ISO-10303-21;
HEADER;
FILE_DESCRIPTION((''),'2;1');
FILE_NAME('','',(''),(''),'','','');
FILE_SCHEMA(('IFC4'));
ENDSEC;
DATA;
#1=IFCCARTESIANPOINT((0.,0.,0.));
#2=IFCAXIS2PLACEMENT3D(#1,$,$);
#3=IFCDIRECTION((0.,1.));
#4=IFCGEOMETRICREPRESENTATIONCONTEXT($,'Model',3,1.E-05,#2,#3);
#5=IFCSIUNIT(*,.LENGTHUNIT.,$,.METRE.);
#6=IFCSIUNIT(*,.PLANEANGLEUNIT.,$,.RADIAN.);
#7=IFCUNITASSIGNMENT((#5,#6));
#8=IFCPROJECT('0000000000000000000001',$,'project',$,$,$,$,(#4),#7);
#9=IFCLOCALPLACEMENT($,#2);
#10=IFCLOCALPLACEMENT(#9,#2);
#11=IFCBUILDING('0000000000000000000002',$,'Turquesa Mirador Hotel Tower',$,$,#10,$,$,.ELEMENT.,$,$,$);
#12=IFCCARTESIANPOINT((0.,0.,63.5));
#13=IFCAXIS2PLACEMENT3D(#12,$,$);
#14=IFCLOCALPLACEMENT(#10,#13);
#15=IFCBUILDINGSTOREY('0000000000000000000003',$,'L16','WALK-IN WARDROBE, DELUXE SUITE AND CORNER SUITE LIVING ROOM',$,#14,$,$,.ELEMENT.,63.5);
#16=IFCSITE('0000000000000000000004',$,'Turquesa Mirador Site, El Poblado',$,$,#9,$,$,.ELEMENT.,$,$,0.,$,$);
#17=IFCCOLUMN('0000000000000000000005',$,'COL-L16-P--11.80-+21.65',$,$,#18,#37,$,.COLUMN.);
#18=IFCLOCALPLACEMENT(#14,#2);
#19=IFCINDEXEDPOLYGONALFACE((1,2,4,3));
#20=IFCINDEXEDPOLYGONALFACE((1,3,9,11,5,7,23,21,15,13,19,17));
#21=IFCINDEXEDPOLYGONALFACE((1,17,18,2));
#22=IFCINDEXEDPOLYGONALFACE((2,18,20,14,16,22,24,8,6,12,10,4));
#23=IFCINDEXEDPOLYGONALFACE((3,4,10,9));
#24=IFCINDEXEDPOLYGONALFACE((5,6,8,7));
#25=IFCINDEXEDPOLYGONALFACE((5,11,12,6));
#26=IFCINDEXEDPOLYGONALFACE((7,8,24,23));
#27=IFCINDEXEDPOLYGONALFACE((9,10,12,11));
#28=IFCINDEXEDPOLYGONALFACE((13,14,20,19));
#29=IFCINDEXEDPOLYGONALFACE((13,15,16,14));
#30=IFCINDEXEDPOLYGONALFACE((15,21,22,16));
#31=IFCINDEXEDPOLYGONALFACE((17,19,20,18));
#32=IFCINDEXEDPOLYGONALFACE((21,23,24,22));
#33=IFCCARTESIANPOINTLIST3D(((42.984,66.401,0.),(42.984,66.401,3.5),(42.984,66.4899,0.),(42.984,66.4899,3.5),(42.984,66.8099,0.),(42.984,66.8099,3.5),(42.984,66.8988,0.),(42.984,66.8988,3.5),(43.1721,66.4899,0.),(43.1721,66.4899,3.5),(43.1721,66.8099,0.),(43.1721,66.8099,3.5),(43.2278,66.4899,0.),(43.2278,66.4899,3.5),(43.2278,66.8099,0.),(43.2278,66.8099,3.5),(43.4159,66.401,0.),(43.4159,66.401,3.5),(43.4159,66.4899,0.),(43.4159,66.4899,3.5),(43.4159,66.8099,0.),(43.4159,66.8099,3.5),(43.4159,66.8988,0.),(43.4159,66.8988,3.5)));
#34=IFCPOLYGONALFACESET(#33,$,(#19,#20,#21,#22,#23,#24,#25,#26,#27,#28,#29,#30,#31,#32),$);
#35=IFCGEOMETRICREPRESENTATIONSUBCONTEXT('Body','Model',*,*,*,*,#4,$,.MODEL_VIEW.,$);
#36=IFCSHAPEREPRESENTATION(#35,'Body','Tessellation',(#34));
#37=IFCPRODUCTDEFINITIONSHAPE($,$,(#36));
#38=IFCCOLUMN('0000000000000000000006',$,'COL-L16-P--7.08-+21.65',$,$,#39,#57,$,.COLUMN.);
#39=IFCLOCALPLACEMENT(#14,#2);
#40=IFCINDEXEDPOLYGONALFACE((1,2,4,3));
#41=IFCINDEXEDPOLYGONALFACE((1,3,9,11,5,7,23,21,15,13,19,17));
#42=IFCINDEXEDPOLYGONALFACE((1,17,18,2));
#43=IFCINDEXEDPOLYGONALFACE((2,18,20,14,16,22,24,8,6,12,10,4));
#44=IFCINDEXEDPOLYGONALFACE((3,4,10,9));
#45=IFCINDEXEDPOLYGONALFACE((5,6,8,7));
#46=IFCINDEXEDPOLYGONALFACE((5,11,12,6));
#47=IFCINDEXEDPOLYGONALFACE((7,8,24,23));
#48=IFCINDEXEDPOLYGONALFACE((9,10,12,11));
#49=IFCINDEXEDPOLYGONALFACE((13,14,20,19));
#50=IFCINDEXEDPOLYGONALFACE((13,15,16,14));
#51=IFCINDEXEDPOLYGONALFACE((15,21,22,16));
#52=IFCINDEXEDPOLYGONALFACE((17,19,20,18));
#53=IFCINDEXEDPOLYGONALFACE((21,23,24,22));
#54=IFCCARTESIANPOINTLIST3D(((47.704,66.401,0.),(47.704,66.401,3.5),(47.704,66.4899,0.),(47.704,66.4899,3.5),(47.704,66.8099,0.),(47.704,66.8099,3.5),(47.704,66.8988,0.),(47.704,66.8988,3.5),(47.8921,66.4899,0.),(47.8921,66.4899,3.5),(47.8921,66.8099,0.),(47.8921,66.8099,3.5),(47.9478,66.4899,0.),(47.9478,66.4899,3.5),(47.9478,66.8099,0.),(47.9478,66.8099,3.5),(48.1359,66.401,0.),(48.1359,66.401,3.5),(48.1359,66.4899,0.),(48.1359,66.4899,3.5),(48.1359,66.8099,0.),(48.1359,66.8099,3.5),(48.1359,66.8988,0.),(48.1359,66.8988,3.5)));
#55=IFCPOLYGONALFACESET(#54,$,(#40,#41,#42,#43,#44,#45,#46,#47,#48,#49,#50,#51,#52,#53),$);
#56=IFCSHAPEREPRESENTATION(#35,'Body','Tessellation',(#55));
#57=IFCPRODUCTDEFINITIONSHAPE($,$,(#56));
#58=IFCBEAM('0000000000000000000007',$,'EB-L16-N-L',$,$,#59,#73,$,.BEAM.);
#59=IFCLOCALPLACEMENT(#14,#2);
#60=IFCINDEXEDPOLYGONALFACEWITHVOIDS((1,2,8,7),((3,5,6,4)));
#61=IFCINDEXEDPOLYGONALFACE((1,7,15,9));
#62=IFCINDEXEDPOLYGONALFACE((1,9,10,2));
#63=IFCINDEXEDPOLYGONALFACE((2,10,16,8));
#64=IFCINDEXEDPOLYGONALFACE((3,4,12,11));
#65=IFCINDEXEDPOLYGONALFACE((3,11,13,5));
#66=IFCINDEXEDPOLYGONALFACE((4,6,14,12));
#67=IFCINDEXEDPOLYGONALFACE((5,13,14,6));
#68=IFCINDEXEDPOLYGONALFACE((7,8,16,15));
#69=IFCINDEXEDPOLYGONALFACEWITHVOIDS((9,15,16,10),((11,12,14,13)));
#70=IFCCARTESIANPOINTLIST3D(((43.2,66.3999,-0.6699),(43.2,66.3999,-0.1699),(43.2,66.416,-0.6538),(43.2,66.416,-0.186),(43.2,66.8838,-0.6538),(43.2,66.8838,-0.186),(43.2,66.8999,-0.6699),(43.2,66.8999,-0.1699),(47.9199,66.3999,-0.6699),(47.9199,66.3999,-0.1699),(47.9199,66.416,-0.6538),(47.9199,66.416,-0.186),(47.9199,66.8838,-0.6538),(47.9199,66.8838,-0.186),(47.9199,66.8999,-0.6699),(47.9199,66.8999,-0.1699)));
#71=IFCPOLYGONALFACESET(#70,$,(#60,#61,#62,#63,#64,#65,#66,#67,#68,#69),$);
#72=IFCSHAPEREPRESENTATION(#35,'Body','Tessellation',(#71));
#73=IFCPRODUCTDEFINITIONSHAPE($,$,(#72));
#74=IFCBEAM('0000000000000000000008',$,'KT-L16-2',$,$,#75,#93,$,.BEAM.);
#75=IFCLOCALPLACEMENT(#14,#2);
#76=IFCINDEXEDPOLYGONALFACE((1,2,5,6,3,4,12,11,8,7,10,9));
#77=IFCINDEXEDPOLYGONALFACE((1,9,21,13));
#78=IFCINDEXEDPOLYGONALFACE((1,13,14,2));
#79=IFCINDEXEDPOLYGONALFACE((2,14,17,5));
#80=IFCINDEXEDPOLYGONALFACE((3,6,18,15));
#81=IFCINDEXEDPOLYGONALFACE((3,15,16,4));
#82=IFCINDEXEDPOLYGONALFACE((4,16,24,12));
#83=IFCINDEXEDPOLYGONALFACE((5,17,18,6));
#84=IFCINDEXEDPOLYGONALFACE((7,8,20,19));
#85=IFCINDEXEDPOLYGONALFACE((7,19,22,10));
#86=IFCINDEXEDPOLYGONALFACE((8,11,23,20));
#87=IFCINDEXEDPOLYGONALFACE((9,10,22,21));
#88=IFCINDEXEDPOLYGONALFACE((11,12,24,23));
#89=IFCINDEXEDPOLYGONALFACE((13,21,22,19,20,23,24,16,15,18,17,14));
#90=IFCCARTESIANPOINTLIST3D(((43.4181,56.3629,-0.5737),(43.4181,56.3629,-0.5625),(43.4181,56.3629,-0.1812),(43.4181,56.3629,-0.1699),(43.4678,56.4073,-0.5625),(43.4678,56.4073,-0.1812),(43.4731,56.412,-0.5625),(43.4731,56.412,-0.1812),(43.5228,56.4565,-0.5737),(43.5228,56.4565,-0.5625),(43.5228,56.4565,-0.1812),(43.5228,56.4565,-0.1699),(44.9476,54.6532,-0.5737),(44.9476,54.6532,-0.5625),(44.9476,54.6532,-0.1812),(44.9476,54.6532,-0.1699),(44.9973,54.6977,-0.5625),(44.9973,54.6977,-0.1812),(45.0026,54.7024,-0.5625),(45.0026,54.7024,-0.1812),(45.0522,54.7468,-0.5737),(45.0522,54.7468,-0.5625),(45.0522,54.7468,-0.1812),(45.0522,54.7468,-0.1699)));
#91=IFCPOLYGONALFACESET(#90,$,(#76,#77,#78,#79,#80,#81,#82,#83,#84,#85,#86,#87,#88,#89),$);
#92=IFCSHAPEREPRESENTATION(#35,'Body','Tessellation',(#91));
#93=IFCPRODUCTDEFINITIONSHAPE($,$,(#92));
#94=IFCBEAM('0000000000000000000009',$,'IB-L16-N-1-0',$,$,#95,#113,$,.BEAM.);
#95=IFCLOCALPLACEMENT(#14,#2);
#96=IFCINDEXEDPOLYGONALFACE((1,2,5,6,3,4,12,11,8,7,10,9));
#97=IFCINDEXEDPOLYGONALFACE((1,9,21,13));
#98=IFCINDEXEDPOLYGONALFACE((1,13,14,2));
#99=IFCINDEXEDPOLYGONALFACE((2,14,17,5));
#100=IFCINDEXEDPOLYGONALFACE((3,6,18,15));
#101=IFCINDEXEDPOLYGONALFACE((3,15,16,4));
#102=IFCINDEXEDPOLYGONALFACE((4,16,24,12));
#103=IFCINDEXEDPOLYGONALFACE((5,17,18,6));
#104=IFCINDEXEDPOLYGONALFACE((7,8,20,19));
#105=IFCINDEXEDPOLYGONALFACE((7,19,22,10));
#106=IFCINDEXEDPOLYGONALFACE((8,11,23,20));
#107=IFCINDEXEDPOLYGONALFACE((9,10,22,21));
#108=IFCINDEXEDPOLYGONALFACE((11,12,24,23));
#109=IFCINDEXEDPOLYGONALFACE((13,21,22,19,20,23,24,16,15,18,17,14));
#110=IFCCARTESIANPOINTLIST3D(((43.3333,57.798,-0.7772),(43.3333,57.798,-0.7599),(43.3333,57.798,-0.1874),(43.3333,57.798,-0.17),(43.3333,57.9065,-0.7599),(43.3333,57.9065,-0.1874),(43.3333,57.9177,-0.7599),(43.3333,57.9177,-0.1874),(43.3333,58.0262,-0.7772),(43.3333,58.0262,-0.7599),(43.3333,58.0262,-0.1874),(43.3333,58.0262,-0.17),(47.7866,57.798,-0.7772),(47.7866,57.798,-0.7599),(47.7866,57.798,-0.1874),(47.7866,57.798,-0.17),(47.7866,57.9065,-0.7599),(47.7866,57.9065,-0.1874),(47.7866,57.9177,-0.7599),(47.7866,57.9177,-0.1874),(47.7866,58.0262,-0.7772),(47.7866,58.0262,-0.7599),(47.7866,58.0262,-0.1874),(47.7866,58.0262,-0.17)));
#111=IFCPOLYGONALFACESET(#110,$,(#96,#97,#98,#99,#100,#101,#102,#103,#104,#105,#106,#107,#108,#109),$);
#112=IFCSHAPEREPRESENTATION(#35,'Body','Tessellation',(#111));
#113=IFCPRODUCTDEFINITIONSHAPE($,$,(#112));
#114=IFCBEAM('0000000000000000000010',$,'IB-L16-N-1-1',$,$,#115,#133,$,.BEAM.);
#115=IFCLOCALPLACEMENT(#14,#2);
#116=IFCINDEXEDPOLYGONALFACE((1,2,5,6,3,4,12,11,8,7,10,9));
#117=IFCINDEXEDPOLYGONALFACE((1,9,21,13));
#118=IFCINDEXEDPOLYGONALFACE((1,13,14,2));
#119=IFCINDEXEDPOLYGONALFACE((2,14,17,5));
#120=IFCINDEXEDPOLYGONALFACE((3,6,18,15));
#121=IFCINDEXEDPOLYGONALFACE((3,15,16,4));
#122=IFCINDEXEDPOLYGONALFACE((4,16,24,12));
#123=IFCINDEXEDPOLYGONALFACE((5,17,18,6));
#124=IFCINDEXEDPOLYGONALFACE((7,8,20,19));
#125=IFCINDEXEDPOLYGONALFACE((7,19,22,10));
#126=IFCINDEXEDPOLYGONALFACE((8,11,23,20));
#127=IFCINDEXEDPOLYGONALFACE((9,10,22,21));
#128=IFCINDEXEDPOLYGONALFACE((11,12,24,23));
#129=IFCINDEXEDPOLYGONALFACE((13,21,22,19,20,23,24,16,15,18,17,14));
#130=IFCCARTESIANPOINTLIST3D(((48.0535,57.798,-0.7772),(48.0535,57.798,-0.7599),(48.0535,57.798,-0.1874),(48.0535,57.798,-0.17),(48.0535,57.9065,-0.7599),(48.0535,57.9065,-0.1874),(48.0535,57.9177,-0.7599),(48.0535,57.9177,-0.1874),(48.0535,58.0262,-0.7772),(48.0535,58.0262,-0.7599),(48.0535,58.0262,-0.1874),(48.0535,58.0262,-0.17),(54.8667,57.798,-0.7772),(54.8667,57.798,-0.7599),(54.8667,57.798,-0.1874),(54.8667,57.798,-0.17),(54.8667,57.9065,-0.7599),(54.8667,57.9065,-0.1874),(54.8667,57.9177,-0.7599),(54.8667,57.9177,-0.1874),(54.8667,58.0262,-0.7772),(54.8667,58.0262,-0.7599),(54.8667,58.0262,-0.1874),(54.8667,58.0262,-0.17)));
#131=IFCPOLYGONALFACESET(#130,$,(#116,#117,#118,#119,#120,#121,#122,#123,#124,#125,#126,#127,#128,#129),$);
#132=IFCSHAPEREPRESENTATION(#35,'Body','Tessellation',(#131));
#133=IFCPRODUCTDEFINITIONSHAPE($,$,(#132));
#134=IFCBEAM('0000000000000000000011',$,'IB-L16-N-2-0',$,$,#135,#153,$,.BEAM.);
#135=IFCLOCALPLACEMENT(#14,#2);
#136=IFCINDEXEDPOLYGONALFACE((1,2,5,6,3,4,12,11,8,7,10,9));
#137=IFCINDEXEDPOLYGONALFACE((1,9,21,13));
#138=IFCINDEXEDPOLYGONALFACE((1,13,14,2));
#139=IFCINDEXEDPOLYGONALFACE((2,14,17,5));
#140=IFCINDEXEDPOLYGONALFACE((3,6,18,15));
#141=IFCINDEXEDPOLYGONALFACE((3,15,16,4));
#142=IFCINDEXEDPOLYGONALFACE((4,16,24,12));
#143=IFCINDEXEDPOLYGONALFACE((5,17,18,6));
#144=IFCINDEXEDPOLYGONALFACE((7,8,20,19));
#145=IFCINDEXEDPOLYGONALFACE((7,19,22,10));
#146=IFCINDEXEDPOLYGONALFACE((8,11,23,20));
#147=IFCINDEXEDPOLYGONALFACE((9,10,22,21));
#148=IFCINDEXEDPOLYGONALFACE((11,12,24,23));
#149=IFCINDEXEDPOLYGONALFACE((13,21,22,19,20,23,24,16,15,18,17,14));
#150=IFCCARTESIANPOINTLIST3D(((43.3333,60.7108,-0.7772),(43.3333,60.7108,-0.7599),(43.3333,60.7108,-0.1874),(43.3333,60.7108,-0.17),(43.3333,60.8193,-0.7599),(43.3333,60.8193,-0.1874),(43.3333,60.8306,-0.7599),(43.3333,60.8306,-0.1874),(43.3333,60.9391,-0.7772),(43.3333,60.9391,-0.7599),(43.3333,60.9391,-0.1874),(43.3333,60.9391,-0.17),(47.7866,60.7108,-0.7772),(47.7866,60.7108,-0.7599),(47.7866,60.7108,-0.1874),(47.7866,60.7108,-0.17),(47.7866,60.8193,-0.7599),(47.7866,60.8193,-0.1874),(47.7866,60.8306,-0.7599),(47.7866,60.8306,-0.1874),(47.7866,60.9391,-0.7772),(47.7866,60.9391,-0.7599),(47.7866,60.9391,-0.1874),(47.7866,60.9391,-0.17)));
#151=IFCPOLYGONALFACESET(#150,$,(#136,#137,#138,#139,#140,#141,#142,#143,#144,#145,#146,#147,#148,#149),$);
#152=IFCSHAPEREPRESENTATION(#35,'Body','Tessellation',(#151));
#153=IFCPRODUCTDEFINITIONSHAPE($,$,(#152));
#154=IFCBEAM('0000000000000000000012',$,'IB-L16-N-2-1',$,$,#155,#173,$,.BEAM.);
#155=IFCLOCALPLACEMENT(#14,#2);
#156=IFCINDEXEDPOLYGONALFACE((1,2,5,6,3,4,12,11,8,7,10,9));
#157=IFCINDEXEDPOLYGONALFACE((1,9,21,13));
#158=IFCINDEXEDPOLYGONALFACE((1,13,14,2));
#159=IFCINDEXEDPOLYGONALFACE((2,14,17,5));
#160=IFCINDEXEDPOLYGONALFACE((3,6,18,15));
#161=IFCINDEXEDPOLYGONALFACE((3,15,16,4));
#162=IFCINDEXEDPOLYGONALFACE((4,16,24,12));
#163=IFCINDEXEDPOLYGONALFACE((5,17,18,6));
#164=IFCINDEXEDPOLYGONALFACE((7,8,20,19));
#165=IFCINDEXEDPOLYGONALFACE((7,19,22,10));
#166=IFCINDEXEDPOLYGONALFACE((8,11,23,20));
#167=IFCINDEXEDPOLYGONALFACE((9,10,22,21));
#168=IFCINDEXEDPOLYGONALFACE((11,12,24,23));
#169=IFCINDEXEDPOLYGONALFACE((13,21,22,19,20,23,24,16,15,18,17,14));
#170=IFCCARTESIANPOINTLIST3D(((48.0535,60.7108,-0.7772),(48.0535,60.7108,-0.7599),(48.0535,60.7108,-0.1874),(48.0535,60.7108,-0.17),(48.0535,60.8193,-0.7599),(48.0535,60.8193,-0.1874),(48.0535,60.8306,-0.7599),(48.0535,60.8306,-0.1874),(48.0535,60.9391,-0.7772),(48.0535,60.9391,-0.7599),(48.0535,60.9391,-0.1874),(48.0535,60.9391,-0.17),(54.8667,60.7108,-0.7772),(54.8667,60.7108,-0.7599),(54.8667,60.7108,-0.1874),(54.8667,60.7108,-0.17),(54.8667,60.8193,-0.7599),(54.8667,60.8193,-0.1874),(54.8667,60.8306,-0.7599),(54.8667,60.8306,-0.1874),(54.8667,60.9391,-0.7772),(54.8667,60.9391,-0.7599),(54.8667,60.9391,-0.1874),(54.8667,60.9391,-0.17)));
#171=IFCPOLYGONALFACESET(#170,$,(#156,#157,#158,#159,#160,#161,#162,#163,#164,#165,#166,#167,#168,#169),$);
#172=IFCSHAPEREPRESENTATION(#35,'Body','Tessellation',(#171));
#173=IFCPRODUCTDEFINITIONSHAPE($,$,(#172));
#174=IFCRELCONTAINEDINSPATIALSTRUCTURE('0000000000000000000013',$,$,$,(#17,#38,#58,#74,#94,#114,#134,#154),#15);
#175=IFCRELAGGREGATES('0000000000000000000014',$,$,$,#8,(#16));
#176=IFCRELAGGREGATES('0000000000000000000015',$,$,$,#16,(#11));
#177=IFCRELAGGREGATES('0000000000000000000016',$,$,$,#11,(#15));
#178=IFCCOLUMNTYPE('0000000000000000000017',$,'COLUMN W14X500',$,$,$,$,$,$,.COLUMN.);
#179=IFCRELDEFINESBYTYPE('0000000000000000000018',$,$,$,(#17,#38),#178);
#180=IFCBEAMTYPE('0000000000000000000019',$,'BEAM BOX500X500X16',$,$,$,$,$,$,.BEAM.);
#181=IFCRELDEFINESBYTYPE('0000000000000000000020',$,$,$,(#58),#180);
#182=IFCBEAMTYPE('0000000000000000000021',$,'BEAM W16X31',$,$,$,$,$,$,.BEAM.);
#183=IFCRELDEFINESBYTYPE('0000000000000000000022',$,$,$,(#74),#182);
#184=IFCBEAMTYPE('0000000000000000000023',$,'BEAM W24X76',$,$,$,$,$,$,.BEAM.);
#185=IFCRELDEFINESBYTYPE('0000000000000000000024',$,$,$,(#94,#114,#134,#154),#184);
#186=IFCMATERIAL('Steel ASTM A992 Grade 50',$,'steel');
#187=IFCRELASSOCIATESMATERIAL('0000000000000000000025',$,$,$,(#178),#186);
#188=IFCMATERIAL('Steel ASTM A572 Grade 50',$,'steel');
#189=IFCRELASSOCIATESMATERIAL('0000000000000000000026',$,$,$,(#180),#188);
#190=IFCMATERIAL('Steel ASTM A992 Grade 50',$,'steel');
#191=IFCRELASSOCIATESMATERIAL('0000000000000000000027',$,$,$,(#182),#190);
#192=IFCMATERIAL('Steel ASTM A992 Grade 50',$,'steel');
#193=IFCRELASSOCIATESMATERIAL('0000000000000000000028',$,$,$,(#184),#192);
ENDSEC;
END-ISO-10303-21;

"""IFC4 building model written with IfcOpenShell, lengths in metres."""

from ifc_helpers import new_model, si_unit, direction, frame, origin, origin_2d, place, context, subcontext, project, spatial, hollow_rectangle, i_section, extrude, material, material_profile, profile_set, type_object, element, save


model = new_model("IFC4")

# Units and contexts
model_context = context("Model", 3, precision=1e-05, world=origin(), true_north=direction((0.0, 1.0)))
body_context = subcontext(model_context, "Body", "Model", "MODEL_VIEW")
ifc_project = project(units=[si_unit("LENGTHUNIT", "METRE"), si_unit("PLANEANGLEUNIT", "RADIAN")], contexts=[model_context])

# Site, building, storey
site_placement = place(None, origin())
site = spatial("IfcSite", under=ifc_project, at=site_placement, Name="Turquesa Mirador Site, El Poblado", CompositionType="ELEMENT", RefElevation=0.0)
building_placement = place(site_placement, origin())
building = spatial("IfcBuilding", under=site, at=building_placement, Name="Turquesa Mirador Hotel Tower", CompositionType="ELEMENT")
storey_placement = place(building_placement, frame((0.0, 0.0, 63.5)))
storey = spatial("IfcBuildingStorey", under=building, at=storey_placement, Name="L16", Description="WALK-IN WARDROBE, DELUXE SUITE AND CORNER SUITE LIVING ROOM", CompositionType="ELEMENT", Elevation=63.5)

# Columns
ifc_material_1 = material(Name="Steel ASTM A992 Grade 50", Category="steel")
ifc_material_profile_1 = material_profile(ifc_material_1, i_section(OverallWidth=0.4319, OverallDepth=0.4978, WebThickness=0.0557, FlangeThickness=0.0889, at=origin_2d()), Name="W14X500")
ifc_profile_set_1 = profile_set([ifc_material_profile_1], Name="Steel ASTM A992 Grade 50")
column_type = type_object("IfcColumnType", Name="COLUMN W14X500", PredefinedType="COLUMN", material=ifc_profile_set_1)
for number, where, z_axis, x_axis, name in (
    (1, (43.2, 66.6499, 0.0), (0.0, 0.0, 1.0), (1.0, 0.0, 0.0), "COL-L16-P--11.80-+21.65"),
    (2, (47.9199, 66.6499, 0.0), (0.0, 0.0, 1.0), (1.0, 0.0, 0.0), "COL-L16-P--7.08-+21.65"),
):
    element("IfcColumn", number, at=place(storey_placement, frame(where, z_axis=z_axis, x_axis=x_axis)), inside=storey, type_object=column_type, Name=name, PredefinedType="COLUMN", context=body_context, shape_type="SweptSolid", body=[
        extrude(i_section(OverallWidth=0.4319, OverallDepth=0.4978, WebThickness=0.0557, FlangeThickness=0.0889, at=origin_2d()), origin(), (0.0, 0.0, 1.0), 3.5),
    ])

# Beams
ifc_material_2 = material(Name="Steel ASTM A572 Grade 50", Category="steel")
ifc_material_profile_2 = material_profile(ifc_material_2, hollow_rectangle(XDim=0.5, YDim=0.5, WallThickness=0.0161, at=origin_2d()), Name="BOX500X500X16")
ifc_profile_set_2 = profile_set([ifc_material_profile_2], Name="Steel ASTM A572 Grade 50")
beam_type_1 = type_object("IfcBeamType", Name="BEAM BOX500X500X16", PredefinedType="BEAM", material=ifc_profile_set_2)
beam_1_placement = place(storey_placement, frame((43.2, 66.6499, -0.4199), z_axis=(1.0, 0.0, 0.0), x_axis=(0.0, 1.0, 0.0)))
element("IfcBeam", 3, at=beam_1_placement, inside=storey, type_object=beam_type_1, Name="EB-L16-N-L", PredefinedType="BEAM", context=body_context, shape_type="SweptSolid", body=[
    extrude(hollow_rectangle(XDim=0.5, YDim=0.5, WallThickness=0.0161, at=origin_2d()), origin(), (0.0, 0.0, 1.0), 4.72),
])
ifc_material_3 = material(Name="Steel ASTM A992 Grade 50", Category="steel")
ifc_material_profile_3 = material_profile(ifc_material_3, i_section(OverallWidth=0.1404, OverallDepth=0.4038, WebThickness=0.0071, FlangeThickness=0.0112, at=origin_2d()), Name="W16X31")
ifc_profile_set_3 = profile_set([ifc_material_profile_3], Name="Steel ASTM A992 Grade 50")
beam_type_2 = type_object("IfcBeamType", Name="BEAM W16X31", PredefinedType="BEAM", material=ifc_profile_set_3)
beam_2_placement = place(storey_placement, frame((43.4705, 56.4097, -0.3718), z_axis=(0.666745, -0.745286, 0.0), x_axis=(0.745286, 0.666745, 0.0)))
element("IfcBeam", 4, at=beam_2_placement, inside=storey, type_object=beam_type_2, Name="KT-L16-2", PredefinedType="BEAM", context=body_context, shape_type="SweptSolid", body=[
    extrude(i_section(OverallWidth=0.1404, OverallDepth=0.4038, WebThickness=0.0071, FlangeThickness=0.0112, at=origin_2d()), origin(), (0.0, 0.0, 1.0), 2.2939),
])
ifc_material_4 = material(Name="Steel ASTM A992 Grade 50", Category="steel")
ifc_material_profile_4 = material_profile(ifc_material_4, i_section(OverallWidth=0.2283, OverallDepth=0.6072, WebThickness=0.0112, FlangeThickness=0.0173, at=origin_2d()), Name="W24X76")
ifc_profile_set_4 = profile_set([ifc_material_profile_4], Name="Steel ASTM A992 Grade 50")
beam_type_3 = type_object("IfcBeamType", Name="BEAM W24X76", PredefinedType="BEAM", material=ifc_profile_set_4)
beam_3_placement = place(storey_placement, frame((43.3333, 57.9121, -0.4736), z_axis=(1.0, 0.0, 0.0), x_axis=(0.0, 1.0, 0.0)))
element("IfcBeam", 5, at=beam_3_placement, inside=storey, type_object=beam_type_3, Name="IB-L16-N-1-0", PredefinedType="BEAM", context=body_context, shape_type="SweptSolid", body=[
    extrude(i_section(OverallWidth=0.2283, OverallDepth=0.6072, WebThickness=0.0112, FlangeThickness=0.0173, at=origin_2d()), origin(), (0.0, 0.0, 1.0), 4.4534),
])
beam_4_placement = place(storey_placement, frame((48.0535, 57.9121, -0.4736), z_axis=(1.0, 0.0, 0.0), x_axis=(0.0, 1.0, 0.0)))
element("IfcBeam", 6, at=beam_4_placement, inside=storey, type_object=beam_type_3, Name="IB-L16-N-1-1", PredefinedType="BEAM", context=body_context, shape_type="SweptSolid", body=[
    extrude(i_section(OverallWidth=0.2283, OverallDepth=0.6072, WebThickness=0.0112, FlangeThickness=0.0173, at=origin_2d()), origin(), (0.0, 0.0, 1.0), 6.8132),
])
beam_5_placement = place(storey_placement, frame((43.3333, 60.825, -0.4736), z_axis=(1.0, 0.0, 0.0), x_axis=(0.0, 1.0, 0.0)))
element("IfcBeam", 7, at=beam_5_placement, inside=storey, type_object=beam_type_3, Name="IB-L16-N-2-0", PredefinedType="BEAM", context=body_context, shape_type="SweptSolid", body=[
    extrude(i_section(OverallWidth=0.2283, OverallDepth=0.6072, WebThickness=0.0112, FlangeThickness=0.0173, at=origin_2d()), origin(), (0.0, 0.0, 1.0), 4.4534),
])
beam_6_placement = place(storey_placement, frame((48.0535, 60.825, -0.4736), z_axis=(1.0, 0.0, 0.0), x_axis=(0.0, 1.0, 0.0)))
element("IfcBeam", 8, at=beam_6_placement, inside=storey, type_object=beam_type_3, Name="IB-L16-N-2-1", PredefinedType="BEAM", context=body_context, shape_type="SweptSolid", body=[
    extrude(i_section(OverallWidth=0.2283, OverallDepth=0.6072, WebThickness=0.0112, FlangeThickness=0.0173, at=origin_2d()), origin(), (0.0, 0.0, 1.0), 6.8132),
])

save(model, "model.ifc")
